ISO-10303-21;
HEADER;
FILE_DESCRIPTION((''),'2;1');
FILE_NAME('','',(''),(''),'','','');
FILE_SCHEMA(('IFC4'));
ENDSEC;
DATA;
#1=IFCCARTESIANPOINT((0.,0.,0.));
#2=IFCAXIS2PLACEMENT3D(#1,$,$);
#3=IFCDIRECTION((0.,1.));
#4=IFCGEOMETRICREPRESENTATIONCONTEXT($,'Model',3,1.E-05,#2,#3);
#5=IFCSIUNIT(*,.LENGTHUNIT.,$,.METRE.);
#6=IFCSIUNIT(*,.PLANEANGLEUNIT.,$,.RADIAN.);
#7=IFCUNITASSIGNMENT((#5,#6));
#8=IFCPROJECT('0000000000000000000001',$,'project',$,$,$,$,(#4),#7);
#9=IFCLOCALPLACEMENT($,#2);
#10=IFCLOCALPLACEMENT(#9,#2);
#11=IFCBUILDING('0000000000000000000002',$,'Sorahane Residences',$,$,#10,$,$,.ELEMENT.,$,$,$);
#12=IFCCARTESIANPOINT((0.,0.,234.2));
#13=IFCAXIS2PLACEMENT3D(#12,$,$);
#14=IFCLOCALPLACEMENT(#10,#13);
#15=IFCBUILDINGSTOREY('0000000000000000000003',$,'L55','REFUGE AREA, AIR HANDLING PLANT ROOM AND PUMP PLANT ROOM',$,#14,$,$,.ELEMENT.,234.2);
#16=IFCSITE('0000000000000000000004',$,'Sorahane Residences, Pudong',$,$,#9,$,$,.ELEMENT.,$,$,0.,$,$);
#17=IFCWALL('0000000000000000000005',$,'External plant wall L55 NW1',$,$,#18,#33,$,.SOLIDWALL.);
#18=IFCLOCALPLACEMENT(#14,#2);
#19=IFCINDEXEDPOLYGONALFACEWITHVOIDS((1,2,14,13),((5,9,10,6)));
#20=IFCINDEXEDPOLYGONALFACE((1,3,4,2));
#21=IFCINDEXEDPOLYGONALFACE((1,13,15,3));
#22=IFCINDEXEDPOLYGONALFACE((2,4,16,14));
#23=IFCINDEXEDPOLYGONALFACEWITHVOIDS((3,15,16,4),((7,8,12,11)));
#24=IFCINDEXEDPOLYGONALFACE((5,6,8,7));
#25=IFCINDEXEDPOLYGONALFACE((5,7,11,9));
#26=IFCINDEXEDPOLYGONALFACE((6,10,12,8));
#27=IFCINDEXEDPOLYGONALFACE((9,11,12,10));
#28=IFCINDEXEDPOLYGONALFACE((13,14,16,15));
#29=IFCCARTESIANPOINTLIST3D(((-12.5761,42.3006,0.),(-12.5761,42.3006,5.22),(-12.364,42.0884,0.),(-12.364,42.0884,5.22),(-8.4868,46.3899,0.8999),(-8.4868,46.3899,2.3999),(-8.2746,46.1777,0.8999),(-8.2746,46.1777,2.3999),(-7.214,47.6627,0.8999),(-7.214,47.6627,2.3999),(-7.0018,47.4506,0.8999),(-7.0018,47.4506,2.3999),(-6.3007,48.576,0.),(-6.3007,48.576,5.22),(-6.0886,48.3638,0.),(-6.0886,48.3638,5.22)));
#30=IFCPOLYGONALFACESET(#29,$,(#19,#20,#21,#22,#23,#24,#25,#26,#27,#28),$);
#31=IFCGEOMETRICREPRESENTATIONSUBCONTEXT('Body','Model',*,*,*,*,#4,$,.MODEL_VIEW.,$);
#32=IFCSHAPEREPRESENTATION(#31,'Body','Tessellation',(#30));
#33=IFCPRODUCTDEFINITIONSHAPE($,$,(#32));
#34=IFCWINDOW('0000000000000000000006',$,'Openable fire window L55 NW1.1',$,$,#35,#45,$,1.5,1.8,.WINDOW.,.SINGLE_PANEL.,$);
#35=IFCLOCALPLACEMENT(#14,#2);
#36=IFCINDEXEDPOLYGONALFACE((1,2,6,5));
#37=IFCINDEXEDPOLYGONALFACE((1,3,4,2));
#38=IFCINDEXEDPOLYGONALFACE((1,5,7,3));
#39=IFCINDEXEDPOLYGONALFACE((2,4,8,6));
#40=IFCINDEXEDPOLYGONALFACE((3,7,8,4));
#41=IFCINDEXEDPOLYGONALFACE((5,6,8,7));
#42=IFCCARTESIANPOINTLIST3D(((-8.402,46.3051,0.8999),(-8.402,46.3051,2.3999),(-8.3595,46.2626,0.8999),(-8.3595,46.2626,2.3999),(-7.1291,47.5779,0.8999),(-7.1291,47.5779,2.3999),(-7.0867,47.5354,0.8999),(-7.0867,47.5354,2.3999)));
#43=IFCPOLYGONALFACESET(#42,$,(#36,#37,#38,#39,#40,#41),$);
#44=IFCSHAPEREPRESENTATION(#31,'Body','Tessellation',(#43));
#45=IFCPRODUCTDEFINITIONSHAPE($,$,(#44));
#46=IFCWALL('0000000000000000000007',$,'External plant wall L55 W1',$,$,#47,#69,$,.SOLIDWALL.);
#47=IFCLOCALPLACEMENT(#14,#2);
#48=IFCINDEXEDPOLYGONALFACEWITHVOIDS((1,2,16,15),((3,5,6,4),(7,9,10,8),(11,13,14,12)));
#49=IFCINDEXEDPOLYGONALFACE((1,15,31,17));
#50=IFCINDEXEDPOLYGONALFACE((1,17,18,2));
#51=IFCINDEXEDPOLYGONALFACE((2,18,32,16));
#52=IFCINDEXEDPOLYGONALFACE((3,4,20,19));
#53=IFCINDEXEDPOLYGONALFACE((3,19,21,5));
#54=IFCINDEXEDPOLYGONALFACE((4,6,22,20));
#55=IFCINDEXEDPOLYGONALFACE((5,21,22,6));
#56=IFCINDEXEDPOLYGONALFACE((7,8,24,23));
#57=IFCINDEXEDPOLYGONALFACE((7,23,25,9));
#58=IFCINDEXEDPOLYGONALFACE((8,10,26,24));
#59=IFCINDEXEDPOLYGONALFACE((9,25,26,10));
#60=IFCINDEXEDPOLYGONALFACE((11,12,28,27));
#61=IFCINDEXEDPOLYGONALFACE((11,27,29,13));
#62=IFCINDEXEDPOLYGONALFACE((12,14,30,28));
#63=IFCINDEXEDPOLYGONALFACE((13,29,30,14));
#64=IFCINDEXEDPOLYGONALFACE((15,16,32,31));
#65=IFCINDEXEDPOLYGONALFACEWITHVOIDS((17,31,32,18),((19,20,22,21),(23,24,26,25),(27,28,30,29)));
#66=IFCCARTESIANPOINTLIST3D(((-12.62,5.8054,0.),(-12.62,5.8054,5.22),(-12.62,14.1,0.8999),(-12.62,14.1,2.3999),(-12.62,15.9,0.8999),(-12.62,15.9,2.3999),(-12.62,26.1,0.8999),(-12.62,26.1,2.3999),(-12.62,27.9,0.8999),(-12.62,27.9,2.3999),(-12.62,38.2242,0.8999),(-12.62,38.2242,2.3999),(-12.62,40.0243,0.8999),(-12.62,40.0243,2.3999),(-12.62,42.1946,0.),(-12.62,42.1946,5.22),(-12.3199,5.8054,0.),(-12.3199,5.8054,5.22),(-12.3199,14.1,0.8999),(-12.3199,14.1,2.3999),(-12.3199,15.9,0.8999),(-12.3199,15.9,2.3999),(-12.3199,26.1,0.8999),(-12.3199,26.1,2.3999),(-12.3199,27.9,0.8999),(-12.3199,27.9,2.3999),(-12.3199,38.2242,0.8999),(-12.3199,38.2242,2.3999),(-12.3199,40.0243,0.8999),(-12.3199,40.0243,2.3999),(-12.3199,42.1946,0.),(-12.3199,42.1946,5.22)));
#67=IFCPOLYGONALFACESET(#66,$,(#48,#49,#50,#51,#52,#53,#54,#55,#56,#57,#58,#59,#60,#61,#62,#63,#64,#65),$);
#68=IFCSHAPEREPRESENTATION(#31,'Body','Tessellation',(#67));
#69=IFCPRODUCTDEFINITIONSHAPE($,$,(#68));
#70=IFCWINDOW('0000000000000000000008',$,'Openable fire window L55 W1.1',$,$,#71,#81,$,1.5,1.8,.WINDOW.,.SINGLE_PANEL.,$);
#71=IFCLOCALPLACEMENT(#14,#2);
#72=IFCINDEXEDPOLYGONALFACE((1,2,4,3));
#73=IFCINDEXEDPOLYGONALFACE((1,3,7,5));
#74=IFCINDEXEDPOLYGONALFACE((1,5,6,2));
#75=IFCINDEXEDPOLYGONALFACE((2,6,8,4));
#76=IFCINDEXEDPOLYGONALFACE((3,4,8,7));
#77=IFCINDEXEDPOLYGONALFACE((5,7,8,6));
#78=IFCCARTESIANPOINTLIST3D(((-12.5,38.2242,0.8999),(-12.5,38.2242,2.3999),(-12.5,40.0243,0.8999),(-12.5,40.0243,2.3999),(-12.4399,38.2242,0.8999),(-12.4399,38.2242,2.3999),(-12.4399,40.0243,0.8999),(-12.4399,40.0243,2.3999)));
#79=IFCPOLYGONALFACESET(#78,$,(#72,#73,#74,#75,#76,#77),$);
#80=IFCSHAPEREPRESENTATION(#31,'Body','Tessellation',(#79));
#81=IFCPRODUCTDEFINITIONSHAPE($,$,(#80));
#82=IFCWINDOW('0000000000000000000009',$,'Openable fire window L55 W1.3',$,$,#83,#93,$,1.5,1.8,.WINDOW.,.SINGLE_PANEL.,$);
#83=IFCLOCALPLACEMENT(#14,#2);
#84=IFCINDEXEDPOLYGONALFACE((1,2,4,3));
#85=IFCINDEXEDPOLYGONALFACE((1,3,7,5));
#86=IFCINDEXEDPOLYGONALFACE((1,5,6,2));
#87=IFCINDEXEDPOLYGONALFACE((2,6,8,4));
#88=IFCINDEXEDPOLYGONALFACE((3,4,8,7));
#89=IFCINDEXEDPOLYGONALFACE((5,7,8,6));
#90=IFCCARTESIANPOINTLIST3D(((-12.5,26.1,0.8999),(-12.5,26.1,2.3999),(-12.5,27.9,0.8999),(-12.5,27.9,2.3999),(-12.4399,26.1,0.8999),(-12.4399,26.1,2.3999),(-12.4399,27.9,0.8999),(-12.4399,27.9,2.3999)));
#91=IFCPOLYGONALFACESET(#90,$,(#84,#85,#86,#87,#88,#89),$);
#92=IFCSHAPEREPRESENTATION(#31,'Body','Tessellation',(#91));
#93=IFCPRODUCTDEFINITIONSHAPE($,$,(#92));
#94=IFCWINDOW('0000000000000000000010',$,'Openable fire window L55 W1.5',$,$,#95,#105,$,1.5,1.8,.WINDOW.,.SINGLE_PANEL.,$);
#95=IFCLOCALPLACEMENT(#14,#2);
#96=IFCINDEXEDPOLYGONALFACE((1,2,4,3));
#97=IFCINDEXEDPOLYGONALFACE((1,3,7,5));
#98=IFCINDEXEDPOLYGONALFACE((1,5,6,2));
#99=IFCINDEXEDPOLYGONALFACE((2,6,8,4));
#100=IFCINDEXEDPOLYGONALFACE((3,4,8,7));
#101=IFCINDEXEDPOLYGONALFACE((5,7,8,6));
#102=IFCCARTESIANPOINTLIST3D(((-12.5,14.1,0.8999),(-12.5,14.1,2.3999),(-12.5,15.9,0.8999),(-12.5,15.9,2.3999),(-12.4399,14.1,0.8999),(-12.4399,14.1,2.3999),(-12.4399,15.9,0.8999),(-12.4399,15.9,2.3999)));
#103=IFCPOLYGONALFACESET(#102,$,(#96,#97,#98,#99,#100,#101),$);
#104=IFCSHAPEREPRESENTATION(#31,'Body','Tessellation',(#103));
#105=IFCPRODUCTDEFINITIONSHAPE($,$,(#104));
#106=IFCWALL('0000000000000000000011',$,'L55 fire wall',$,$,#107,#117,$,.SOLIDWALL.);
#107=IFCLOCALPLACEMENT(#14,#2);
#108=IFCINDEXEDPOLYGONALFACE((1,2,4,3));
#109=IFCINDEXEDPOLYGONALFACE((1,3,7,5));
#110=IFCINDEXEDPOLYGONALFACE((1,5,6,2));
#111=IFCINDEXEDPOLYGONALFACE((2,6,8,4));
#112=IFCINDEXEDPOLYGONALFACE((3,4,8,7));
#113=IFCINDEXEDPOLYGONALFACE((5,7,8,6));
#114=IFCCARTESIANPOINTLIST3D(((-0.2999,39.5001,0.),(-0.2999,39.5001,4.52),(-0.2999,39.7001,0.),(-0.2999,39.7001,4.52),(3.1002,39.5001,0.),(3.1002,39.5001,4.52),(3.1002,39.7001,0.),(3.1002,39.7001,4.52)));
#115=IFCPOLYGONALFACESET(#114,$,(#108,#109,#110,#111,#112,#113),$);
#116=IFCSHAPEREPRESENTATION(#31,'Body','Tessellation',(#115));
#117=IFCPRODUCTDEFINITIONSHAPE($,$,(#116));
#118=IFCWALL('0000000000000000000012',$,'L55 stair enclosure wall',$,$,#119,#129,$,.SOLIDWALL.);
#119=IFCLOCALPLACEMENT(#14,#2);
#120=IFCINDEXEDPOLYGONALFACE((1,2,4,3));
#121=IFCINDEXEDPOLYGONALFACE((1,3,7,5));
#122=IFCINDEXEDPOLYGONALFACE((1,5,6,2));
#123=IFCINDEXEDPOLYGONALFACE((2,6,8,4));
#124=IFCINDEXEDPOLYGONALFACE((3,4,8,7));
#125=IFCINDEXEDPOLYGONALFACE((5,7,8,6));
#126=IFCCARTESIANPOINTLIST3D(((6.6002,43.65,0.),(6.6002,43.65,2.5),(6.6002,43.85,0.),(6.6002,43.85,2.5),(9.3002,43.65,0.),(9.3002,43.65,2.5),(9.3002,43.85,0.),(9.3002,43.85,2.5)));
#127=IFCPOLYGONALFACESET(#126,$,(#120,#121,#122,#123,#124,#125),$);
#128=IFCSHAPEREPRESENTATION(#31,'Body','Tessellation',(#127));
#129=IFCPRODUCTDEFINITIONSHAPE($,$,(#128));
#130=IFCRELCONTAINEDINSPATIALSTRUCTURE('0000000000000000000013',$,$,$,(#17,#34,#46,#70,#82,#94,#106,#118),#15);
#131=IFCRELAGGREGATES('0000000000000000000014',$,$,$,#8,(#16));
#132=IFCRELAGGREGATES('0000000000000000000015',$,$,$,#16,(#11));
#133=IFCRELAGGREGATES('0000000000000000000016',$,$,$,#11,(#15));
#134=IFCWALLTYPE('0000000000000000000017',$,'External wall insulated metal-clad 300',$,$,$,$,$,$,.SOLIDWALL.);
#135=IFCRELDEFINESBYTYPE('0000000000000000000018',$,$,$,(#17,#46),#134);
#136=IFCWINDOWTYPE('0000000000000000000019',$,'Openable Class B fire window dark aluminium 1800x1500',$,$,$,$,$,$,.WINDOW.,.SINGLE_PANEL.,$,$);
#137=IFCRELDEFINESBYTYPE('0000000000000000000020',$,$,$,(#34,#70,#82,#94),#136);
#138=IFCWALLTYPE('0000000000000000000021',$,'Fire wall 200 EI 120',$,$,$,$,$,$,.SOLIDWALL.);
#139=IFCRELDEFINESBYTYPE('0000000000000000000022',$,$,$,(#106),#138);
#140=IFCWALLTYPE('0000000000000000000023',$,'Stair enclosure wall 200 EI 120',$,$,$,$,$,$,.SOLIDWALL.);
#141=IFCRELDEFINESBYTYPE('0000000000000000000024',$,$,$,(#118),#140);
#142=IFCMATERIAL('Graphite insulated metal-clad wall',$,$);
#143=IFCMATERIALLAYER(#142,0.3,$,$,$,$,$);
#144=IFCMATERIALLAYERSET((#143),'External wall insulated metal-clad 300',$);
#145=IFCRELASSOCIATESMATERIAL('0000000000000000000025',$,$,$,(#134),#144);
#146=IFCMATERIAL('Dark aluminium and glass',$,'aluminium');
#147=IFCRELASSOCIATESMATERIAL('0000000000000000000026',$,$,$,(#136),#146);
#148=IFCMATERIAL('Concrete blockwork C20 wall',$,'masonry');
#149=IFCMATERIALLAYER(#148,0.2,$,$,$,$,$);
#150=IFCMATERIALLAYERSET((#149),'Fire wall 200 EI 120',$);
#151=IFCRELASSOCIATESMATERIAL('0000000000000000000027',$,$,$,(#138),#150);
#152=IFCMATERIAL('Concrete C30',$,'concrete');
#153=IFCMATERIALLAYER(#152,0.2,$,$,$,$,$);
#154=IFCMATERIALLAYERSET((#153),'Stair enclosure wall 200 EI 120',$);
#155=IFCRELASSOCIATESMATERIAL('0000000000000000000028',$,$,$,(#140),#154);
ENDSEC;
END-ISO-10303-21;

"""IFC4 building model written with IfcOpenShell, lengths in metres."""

from ifc_helpers import new_model, si_unit, direction, frame, frame_2d, origin, place, context, subcontext, project, spatial, rectangle, extrude, material, layer, layer_set, type_object, element, fill, save


model = new_model("IFC4")

# Units and contexts
model_context = context("Model", 3, precision=1e-05, world=origin(), true_north=direction((0.0, 1.0)))
body_context = subcontext(model_context, "Body", "Model", "MODEL_VIEW")
ifc_project = project(units=[si_unit("LENGTHUNIT", "METRE"), si_unit("PLANEANGLEUNIT", "RADIAN")], contexts=[model_context])

# Site, building, storey
site_placement = place(None, origin())
site = spatial("IfcSite", under=ifc_project, at=site_placement, Name="Sorahane Residences, Pudong", CompositionType="ELEMENT", RefElevation=0.0)
building_placement = place(site_placement, origin())
building = spatial("IfcBuilding", under=site, at=building_placement, Name="Sorahane Residences", CompositionType="ELEMENT")
storey_placement = place(building_placement, frame((0.0, 0.0, 234.2)))
storey = spatial("IfcBuildingStorey", under=building, at=storey_placement, Name="L55", Description="REFUGE AREA, AIR HANDLING PLANT ROOM AND PUMP PLANT ROOM", CompositionType="ELEMENT", Elevation=234.2)

# Wall, opening, window
ifc_material_1 = material(Name="Graphite insulated metal-clad wall")
ifc_layer_1 = layer(ifc_material_1, 0.3)
ifc_layer_set_1 = layer_set([ifc_layer_1], Name="External wall insulated metal-clad 300")
wall_type_1 = type_object("IfcWallType", Name="External wall insulated metal-clad 300", PredefinedType="SOLIDWALL", material=ifc_layer_set_1)
wall_1_placement = place(storey_placement, frame((-6.1946, 48.47, 0.0), z_axis=(0.0, 0.0, 1.0), x_axis=(-0.707107, -0.707107, 0.0)))
wall_1 = element("IfcWall", 1, at=wall_1_placement, inside=storey, type_object=wall_type_1, Name="External plant wall L55 NW1", PredefinedType="SOLIDWALL", context=body_context, shape_type="SweptSolid", body=[
    extrude(rectangle(XDim=8.8748, YDim=0.3, at=frame_2d((4.4375, 0.0))), origin(), (0.0, 0.0, 1.0), 5.22),
])
opening_1_placement = place(wall_1_placement, frame((1.2917, 0.0, 0.8999)))
opening_1 = element("IfcOpeningElement", 2, at=opening_1_placement, cuts=wall_1, PredefinedType="OPENING", context=body_context, shape_type="SweptSolid", body=[
    extrude(rectangle(XDim=1.8, YDim=1.5, at=frame_2d((0.8999, 0.75))), frame((0.0, 0.1599, 0.0), z_axis=(0.0, -1.0, 0.0), x_axis=(1.0, 0.0, 0.0)), (0.0, 0.0, 1.0), 0.3201),
])
ifc_material_2 = material(Name="Dark aluminium and glass", Category="aluminium")
window_type = type_object("IfcWindowType", Name="Openable Class B fire window dark aluminium 1800x1500", PartitioningType="SINGLE_PANEL", PredefinedType="WINDOW", material=ifc_material_2)
window_1_placement = place(opening_1_placement, origin())
window_1 = element("IfcWindow", 3, at=window_1_placement, inside=storey, type_object=window_type, Name="Openable fire window L55 NW1.1", OverallHeight=1.5, OverallWidth=1.8, PartitioningType="SINGLE_PANEL", PredefinedType="WINDOW", context=body_context, shape_type="SweptSolid", body=[
    extrude(rectangle(XDim=1.8, YDim=1.5, at=frame_2d((0.8999, 0.75))), frame((0.0, 0.03, 0.0), z_axis=(0.0, -1.0, 0.0), x_axis=(1.0, 0.0, 0.0)), (0.0, 0.0, 1.0), 0.0601),
])
fill(opening_1, window_1)

# Wall, openings, windows
wall_2_placement = place(storey_placement, frame((-12.47, 42.1946, 0.0), z_axis=(0.0, 0.0, 1.0), x_axis=(0.0, -1.0, 0.0)))
wall_2 = element("IfcWall", 4, at=wall_2_placement, inside=storey, type_object=wall_type_1, Name="External plant wall L55 W1", PredefinedType="SOLIDWALL", context=body_context, shape_type="SweptSolid", body=[
    extrude(rectangle(XDim=36.3892, YDim=0.3, at=frame_2d((18.1946, 0.0))), origin(), (0.0, 0.0, 1.0), 5.22),
])
opening_2_placement = place(wall_2_placement, frame((2.1704, 0.0, 0.8999)))
opening_2 = element("IfcOpeningElement", 5, at=opening_2_placement, cuts=wall_2, PredefinedType="OPENING", context=body_context, shape_type="SweptSolid", body=[
    extrude(rectangle(XDim=1.8, YDim=1.5, at=frame_2d((0.8999, 0.75))), frame((0.0, 0.1599, 0.0), z_axis=(0.0, -1.0, 0.0), x_axis=(1.0, 0.0, 0.0)), (0.0, 0.0, 1.0), 0.3201),
])
opening_3_placement = place(wall_2_placement, frame((14.2947, 0.0, 0.8999)))
opening_3 = element("IfcOpeningElement", 6, at=opening_3_placement, cuts=wall_2, PredefinedType="OPENING", context=body_context, shape_type="SweptSolid", body=[
    extrude(rectangle(XDim=1.8, YDim=1.5, at=frame_2d((0.8999, 0.75))), frame((0.0, 0.1599, 0.0), z_axis=(0.0, -1.0, 0.0), x_axis=(1.0, 0.0, 0.0)), (0.0, 0.0, 1.0), 0.3201),
])
opening_4_placement = place(wall_2_placement, frame((26.2947, 0.0, 0.8999)))
opening_4 = element("IfcOpeningElement", 7, at=opening_4_placement, cuts=wall_2, PredefinedType="OPENING", context=body_context, shape_type="SweptSolid", body=[
    extrude(rectangle(XDim=1.8, YDim=1.5, at=frame_2d((0.8999, 0.75))), frame((0.0, 0.1599, 0.0), z_axis=(0.0, -1.0, 0.0), x_axis=(1.0, 0.0, 0.0)), (0.0, 0.0, 1.0), 0.3201),
])
window_2_placement = place(opening_2_placement, origin())
window_2 = element("IfcWindow", 8, at=window_2_placement, inside=storey, type_object=window_type, Name="Openable fire window L55 W1.1", OverallHeight=1.5, OverallWidth=1.8, PartitioningType="SINGLE_PANEL", PredefinedType="WINDOW", context=body_context, shape_type="SweptSolid", body=[
    extrude(rectangle(XDim=1.8, YDim=1.5, at=frame_2d((0.8999, 0.75))), frame((0.0, 0.03, 0.0), z_axis=(0.0, -1.0, 0.0), x_axis=(1.0, 0.0, 0.0)), (0.0, 0.0, 1.0), 0.0601),
])
fill(opening_2, window_2)
window_3_placement = place(opening_3_placement, origin())
window_3 = element("IfcWindow", 9, at=window_3_placement, inside=storey, type_object=window_type, Name="Openable fire window L55 W1.3", OverallHeight=1.5, OverallWidth=1.8, PartitioningType="SINGLE_PANEL", PredefinedType="WINDOW", context=body_context, shape_type="SweptSolid", body=[
    extrude(rectangle(XDim=1.8, YDim=1.5, at=frame_2d((0.8999, 0.75))), frame((0.0, 0.03, 0.0), z_axis=(0.0, -1.0, 0.0), x_axis=(1.0, 0.0, 0.0)), (0.0, 0.0, 1.0), 0.0601),
])
fill(opening_3, window_3)
window_4_placement = place(opening_4_placement, origin())
window_4 = element("IfcWindow", 10, at=window_4_placement, inside=storey, type_object=window_type, Name="Openable fire window L55 W1.5", OverallHeight=1.5, OverallWidth=1.8, PartitioningType="SINGLE_PANEL", PredefinedType="WINDOW", context=body_context, shape_type="SweptSolid", body=[
    extrude(rectangle(XDim=1.8, YDim=1.5, at=frame_2d((0.8999, 0.75))), frame((0.0, 0.03, 0.0), z_axis=(0.0, -1.0, 0.0), x_axis=(1.0, 0.0, 0.0)), (0.0, 0.0, 1.0), 0.0601),
])
fill(opening_4, window_4)

# Walls
ifc_material_3 = material(Name="Concrete blockwork C20 wall", Category="masonry")
ifc_layer_2 = layer(ifc_material_3, 0.2)
ifc_layer_set_2 = layer_set([ifc_layer_2], Name="Fire wall 200 EI 120")
wall_type_2 = type_object("IfcWallType", Name="Fire wall 200 EI 120", PredefinedType="SOLIDWALL", material=ifc_layer_set_2)
wall_3_placement = place(storey_placement, frame((-0.3, 39.6001, 0.0), z_axis=(0.0, 0.0, 1.0), x_axis=(1.0, 0.0, 0.0)))
element("IfcWall", 11, at=wall_3_placement, inside=storey, type_object=wall_type_2, Name="L55 fire wall", PredefinedType="SOLIDWALL", context=body_context, shape_type="SweptSolid", body=[
    extrude(rectangle(XDim=3.4001, YDim=0.2, at=frame_2d((1.7002, 0.0))), origin(), (0.0, 0.0, 1.0), 4.52),
])
ifc_material_4 = material(Name="Concrete C30", Category="concrete")
ifc_layer_3 = layer(ifc_material_4, 0.2)
ifc_layer_set_3 = layer_set([ifc_layer_3], Name="Stair enclosure wall 200 EI 120")
wall_type_3 = type_object("IfcWallType", Name="Stair enclosure wall 200 EI 120", PredefinedType="SOLIDWALL", material=ifc_layer_set_3)
wall_4_placement = place(storey_placement, frame((6.6001, 43.75, 0.0), z_axis=(0.0, 0.0, 1.0), x_axis=(1.0, 0.0, 0.0)))
element("IfcWall", 12, at=wall_4_placement, inside=storey, type_object=wall_type_3, Name="L55 stair enclosure wall", PredefinedType="SOLIDWALL", context=body_context, shape_type="SweptSolid", body=[
    extrude(rectangle(XDim=2.7, YDim=0.2, at=frame_2d((1.3501, 0.0))), origin(), (0.0, 0.0, 1.0), 2.5),
])

save(model, "model.ifc")
